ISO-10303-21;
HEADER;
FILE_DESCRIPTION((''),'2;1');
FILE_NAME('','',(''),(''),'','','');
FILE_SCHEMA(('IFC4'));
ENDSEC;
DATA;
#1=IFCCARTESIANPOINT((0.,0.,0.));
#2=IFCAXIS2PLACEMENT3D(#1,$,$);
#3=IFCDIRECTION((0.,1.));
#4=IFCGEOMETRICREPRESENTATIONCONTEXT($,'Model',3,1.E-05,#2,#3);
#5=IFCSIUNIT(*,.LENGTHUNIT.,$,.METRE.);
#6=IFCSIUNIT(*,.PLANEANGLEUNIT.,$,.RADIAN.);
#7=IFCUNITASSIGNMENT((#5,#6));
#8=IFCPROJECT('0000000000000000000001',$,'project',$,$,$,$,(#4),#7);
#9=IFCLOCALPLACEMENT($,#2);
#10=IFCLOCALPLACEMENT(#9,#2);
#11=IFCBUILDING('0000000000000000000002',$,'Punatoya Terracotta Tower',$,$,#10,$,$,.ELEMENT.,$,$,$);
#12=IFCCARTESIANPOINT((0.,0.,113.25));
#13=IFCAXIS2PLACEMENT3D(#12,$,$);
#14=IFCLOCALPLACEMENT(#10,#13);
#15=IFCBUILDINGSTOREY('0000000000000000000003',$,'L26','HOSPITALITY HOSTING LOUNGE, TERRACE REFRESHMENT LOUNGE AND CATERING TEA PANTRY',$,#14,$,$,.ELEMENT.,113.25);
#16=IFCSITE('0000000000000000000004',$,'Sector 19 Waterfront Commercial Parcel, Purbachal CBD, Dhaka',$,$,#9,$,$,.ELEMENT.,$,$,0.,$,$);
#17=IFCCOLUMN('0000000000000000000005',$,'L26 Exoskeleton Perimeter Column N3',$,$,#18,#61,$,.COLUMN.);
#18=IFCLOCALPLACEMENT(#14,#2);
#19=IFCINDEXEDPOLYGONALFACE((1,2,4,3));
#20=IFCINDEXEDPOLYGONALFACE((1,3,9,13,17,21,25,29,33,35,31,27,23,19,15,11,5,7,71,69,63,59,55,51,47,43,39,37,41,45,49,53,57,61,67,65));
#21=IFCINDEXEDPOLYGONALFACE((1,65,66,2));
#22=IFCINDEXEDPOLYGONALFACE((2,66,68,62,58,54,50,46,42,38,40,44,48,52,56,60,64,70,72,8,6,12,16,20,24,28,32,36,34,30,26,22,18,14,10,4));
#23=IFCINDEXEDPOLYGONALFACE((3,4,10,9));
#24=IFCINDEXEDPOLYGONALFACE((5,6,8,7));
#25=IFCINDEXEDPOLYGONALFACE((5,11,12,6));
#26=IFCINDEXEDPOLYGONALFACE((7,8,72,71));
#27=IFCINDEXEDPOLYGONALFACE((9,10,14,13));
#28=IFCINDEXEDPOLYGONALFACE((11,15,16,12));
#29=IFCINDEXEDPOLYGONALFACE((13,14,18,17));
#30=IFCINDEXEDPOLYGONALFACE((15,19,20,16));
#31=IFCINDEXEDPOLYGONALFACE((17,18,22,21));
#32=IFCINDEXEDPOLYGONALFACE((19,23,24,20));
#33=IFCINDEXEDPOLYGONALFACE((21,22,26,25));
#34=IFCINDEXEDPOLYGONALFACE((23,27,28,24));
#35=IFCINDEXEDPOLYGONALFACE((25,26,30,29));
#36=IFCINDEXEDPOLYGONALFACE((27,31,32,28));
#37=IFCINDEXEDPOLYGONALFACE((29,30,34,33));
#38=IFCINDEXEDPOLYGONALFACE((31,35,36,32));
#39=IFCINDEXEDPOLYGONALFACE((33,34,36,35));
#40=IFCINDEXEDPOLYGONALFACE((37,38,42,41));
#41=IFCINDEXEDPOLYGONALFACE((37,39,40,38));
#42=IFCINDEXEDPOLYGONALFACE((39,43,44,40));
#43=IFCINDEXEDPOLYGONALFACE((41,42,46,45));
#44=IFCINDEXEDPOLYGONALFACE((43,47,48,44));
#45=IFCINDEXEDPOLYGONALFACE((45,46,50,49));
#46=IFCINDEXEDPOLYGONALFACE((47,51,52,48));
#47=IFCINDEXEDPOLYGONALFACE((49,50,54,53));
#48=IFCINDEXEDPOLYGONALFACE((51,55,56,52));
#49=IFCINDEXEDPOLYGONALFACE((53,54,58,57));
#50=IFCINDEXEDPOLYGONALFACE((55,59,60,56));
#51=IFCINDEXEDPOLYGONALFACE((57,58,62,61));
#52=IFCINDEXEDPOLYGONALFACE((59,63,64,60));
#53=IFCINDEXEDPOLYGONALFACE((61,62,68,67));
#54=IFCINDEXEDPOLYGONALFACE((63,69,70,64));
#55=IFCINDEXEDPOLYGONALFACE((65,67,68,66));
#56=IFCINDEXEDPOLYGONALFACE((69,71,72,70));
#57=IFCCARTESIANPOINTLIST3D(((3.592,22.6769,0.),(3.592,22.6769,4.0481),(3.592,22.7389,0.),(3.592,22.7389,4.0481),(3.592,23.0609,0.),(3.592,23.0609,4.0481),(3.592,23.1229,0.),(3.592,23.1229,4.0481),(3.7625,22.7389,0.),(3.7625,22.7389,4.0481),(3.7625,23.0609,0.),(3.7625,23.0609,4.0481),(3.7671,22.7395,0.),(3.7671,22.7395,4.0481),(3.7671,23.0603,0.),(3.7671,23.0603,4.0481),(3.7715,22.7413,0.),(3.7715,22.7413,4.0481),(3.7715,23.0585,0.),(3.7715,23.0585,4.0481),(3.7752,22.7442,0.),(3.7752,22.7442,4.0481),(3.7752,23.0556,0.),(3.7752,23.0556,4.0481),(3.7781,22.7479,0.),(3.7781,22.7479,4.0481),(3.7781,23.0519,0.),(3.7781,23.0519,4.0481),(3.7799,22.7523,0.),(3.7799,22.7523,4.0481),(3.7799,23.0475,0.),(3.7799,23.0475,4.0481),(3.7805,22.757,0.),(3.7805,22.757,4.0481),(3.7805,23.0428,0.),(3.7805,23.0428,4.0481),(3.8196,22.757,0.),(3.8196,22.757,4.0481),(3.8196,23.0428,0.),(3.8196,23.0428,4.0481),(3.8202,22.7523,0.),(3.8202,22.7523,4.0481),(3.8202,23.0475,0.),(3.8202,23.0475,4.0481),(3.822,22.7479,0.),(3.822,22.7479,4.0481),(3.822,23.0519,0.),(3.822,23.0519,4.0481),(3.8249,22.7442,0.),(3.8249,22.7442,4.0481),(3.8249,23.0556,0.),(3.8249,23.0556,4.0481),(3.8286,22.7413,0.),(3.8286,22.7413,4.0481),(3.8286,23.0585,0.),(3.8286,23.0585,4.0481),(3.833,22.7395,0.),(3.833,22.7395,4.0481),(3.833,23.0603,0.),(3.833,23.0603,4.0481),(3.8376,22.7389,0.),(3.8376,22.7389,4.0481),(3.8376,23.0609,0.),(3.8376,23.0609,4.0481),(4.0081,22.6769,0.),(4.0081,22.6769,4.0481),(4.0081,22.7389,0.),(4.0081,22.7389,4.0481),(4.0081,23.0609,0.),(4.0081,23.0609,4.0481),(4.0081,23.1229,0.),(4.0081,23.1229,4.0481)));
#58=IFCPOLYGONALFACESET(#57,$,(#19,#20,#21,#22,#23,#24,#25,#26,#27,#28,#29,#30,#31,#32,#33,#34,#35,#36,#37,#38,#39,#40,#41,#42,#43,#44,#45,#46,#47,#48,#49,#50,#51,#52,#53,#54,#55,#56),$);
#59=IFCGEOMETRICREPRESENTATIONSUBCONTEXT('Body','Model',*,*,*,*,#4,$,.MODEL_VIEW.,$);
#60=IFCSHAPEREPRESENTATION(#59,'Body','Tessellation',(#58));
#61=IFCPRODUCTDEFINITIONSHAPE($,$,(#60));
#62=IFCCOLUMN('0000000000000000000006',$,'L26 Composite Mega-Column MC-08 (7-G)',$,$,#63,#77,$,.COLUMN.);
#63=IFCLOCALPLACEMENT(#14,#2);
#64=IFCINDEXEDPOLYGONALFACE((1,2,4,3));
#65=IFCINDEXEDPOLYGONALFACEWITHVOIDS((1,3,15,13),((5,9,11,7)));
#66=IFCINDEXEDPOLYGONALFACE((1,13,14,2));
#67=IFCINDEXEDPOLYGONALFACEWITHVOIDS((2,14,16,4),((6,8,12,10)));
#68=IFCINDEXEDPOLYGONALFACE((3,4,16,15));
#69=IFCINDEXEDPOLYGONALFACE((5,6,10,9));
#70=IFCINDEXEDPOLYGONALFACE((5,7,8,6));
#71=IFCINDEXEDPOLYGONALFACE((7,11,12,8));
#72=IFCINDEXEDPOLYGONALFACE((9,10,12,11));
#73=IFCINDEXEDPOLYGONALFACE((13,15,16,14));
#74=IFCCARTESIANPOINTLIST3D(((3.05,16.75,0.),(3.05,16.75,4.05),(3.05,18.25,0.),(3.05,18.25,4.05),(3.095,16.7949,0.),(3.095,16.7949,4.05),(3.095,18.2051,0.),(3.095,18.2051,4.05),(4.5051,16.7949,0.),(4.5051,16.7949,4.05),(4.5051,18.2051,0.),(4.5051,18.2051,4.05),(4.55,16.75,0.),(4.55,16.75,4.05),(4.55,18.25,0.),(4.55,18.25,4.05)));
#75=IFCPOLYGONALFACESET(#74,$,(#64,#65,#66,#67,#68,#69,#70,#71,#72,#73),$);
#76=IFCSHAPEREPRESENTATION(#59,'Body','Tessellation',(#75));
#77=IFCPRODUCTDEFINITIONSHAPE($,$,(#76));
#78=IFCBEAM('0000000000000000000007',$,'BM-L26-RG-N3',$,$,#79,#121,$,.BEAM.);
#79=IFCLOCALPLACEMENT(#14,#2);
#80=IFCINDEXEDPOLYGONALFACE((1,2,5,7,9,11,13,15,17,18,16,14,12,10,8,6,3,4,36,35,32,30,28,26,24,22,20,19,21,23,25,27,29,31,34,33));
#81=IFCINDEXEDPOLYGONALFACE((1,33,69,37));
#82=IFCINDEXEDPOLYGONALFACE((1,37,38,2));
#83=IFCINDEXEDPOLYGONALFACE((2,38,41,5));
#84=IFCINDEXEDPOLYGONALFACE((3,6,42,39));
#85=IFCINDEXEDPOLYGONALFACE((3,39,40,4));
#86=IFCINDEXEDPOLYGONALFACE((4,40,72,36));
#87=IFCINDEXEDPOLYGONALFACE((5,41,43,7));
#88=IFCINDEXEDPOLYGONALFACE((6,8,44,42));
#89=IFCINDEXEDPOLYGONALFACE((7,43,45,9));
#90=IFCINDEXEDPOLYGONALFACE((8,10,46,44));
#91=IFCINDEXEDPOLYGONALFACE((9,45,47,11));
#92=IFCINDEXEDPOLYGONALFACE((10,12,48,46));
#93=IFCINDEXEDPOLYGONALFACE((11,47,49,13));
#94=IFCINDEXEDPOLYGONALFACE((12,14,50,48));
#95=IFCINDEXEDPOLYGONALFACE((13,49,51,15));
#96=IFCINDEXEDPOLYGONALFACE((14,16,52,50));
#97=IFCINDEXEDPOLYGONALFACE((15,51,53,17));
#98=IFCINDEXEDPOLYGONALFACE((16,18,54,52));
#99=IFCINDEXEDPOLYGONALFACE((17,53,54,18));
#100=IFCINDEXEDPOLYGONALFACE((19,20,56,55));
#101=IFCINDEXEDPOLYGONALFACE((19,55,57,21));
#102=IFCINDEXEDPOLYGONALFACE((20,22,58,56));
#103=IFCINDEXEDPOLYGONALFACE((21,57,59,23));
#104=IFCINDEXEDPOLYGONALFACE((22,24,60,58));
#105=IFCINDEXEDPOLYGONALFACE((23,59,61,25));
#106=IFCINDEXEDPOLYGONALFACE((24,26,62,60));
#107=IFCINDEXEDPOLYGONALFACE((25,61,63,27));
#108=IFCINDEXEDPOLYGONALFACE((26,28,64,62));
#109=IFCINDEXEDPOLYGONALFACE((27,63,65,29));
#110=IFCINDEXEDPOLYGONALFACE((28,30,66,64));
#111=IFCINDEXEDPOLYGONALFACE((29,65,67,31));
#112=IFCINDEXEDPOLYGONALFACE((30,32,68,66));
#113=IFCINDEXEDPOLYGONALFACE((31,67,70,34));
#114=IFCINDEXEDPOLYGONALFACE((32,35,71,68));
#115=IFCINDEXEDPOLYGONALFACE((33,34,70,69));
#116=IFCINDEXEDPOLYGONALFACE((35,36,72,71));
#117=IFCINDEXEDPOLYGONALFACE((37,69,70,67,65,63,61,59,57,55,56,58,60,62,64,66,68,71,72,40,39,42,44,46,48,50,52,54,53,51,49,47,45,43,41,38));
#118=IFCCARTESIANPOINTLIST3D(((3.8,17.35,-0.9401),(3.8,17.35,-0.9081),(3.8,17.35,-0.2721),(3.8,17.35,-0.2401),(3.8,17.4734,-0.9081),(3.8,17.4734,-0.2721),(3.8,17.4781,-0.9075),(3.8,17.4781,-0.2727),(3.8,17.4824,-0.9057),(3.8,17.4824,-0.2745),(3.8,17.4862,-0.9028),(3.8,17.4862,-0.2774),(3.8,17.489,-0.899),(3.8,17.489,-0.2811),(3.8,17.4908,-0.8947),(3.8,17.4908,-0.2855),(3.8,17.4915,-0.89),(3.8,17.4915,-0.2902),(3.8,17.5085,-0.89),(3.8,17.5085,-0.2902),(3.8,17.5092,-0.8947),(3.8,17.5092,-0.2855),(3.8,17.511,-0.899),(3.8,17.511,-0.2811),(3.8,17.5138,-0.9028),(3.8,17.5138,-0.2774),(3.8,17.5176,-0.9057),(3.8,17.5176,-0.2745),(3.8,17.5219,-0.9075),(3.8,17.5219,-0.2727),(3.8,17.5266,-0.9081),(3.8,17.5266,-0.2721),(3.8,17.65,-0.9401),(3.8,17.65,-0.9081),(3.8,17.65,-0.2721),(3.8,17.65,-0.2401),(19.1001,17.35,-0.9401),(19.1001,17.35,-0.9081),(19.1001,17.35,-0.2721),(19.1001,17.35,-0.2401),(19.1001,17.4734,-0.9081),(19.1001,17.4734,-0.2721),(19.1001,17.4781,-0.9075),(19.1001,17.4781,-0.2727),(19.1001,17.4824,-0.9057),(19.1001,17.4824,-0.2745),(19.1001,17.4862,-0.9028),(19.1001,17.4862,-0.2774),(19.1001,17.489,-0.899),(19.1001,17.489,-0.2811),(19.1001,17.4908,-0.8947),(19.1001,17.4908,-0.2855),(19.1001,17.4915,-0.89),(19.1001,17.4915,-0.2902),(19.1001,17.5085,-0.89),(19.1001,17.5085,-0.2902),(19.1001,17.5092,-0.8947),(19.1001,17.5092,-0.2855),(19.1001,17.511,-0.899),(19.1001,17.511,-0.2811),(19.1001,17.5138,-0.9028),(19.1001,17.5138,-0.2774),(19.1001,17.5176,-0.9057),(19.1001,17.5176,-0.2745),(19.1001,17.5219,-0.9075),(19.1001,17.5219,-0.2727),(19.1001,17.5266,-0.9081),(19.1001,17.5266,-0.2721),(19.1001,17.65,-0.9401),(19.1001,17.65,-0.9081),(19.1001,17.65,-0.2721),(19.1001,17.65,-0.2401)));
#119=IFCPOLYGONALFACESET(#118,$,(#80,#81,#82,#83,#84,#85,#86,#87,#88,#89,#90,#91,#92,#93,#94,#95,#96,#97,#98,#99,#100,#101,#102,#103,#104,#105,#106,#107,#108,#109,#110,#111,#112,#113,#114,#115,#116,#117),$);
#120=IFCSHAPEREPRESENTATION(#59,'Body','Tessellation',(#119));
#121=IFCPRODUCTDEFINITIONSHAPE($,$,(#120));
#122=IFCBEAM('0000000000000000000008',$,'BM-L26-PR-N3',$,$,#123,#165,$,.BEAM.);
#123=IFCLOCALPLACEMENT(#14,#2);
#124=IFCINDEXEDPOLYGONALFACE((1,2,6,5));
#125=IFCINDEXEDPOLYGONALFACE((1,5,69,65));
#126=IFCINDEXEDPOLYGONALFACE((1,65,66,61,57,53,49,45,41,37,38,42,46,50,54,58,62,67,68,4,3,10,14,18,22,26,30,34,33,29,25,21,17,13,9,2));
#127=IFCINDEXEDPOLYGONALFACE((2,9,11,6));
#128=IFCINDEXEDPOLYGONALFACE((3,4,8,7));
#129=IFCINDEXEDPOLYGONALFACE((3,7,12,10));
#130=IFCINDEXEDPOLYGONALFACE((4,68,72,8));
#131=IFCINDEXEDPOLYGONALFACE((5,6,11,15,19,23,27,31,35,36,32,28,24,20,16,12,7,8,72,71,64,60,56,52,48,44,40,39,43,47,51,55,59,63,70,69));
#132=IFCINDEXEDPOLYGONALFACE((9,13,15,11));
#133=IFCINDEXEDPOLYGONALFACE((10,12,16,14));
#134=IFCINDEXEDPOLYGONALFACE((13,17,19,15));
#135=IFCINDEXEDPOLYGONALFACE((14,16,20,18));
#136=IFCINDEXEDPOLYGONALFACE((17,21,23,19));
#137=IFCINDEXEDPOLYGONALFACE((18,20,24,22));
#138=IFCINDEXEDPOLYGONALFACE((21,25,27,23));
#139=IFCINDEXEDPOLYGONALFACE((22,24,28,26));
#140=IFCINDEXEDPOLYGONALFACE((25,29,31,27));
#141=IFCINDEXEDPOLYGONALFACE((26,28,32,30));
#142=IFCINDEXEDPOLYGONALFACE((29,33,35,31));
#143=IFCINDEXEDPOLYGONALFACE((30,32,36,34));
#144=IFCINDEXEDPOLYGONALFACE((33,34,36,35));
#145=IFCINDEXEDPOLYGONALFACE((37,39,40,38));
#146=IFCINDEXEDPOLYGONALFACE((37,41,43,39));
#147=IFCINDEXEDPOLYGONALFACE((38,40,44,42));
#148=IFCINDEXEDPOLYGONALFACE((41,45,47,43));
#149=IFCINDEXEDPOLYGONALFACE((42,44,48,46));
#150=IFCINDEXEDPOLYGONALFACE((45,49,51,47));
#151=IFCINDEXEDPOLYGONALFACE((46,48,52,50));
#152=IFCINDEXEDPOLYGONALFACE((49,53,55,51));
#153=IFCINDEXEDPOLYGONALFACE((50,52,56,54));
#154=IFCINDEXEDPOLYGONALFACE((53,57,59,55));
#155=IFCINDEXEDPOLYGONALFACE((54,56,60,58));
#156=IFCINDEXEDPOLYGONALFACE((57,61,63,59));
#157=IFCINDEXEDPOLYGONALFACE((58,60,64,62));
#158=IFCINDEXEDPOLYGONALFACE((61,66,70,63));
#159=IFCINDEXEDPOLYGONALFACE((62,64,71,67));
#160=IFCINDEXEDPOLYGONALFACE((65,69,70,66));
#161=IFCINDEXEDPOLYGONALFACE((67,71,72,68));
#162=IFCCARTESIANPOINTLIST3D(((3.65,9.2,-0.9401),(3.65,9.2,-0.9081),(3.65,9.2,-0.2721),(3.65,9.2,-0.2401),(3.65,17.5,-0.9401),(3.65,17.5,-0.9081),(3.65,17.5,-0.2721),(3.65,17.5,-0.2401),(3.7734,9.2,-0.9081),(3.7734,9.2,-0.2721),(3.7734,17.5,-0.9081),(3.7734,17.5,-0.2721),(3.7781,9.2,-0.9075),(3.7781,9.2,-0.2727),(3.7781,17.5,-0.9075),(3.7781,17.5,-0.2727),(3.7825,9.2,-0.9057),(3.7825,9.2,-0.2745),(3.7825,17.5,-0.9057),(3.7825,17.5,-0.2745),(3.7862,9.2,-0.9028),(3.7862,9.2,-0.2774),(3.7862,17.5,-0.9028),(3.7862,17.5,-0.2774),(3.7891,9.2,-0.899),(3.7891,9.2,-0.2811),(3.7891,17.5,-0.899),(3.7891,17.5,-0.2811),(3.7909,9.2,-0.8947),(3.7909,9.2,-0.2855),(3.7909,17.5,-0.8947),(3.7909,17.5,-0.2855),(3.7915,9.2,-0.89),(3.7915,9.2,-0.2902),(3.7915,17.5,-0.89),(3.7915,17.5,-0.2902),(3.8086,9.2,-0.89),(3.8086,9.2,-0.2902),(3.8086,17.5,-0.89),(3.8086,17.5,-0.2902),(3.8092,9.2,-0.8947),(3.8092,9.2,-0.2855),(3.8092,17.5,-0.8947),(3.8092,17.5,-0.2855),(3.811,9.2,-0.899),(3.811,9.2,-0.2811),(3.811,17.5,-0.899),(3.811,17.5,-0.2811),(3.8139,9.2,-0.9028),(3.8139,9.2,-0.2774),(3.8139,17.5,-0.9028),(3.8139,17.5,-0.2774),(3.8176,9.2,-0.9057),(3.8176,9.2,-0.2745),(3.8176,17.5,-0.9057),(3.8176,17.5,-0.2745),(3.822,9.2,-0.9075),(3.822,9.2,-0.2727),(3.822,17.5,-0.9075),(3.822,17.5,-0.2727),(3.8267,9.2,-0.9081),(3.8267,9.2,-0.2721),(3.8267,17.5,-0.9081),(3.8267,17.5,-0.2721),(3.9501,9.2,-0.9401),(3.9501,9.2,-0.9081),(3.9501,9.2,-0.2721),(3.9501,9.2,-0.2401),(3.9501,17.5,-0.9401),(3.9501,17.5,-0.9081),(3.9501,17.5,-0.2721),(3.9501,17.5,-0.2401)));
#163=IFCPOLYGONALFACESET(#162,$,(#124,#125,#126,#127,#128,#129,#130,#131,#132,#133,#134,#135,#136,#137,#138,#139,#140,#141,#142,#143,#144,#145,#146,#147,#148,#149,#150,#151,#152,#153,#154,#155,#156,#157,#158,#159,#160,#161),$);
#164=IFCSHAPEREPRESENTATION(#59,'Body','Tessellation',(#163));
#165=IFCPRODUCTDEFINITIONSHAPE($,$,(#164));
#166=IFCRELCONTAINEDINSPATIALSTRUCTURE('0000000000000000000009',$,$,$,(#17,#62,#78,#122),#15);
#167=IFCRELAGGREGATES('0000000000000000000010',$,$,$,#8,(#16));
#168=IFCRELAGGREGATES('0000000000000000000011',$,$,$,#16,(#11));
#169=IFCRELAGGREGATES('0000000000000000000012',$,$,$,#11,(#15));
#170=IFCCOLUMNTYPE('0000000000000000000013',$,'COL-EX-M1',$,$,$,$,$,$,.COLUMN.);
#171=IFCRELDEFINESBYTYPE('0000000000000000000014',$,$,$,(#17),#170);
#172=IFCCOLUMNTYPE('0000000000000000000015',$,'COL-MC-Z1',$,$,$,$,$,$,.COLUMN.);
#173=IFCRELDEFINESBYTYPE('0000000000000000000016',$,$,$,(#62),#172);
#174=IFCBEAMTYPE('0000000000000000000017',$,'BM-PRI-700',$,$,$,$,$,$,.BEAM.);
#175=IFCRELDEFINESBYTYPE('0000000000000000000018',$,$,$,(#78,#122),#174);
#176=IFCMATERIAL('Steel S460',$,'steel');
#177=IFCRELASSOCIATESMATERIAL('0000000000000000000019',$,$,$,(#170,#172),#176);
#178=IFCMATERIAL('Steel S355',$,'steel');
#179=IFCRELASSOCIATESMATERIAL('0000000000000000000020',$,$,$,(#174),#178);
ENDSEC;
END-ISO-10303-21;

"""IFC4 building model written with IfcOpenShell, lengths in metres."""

from ifc_helpers import new_model, si_unit, direction, frame, origin, origin_2d, place, context, subcontext, project, spatial, hollow_rectangle, i_section, extrude, material, material_profile, profile_set, type_object, element, save


model = new_model("IFC4")

# Units and contexts
model_context = context("Model", 3, precision=1e-05, world=origin(), true_north=direction((0.0, 1.0)))
body_context = subcontext(model_context, "Body", "Model", "MODEL_VIEW")
ifc_project = project(units=[si_unit("LENGTHUNIT", "METRE"), si_unit("PLANEANGLEUNIT", "RADIAN")], contexts=[model_context])

# Site, building, storey
site_placement = place(None, origin())
site = spatial("IfcSite", under=ifc_project, at=site_placement, Name="Sector 19 Waterfront Commercial Parcel, Purbachal CBD, Dhaka", CompositionType="ELEMENT", RefElevation=0.0)
building_placement = place(site_placement, origin())
building = spatial("IfcBuilding", under=site, at=building_placement, Name="Punatoya Terracotta Tower", CompositionType="ELEMENT")
storey_placement = place(building_placement, frame((0.0, 0.0, 113.25)))
storey = spatial("IfcBuildingStorey", under=building, at=storey_placement, Name="L26", Description="HOSPITALITY HOSTING LOUNGE, TERRACE REFRESHMENT LOUNGE AND CATERING TEA PANTRY", CompositionType="ELEMENT", Elevation=113.25)

# Columns
ifc_material_1 = material(Name="Steel S460", Category="steel")
ifc_material_profile_1 = material_profile(ifc_material_1, i_section(OverallWidth=0.416, OverallDepth=0.446, WebThickness=0.0391, FlangeThickness=0.062, FilletRadius=0.0181, at=origin_2d()))
ifc_profile_set_1 = profile_set([ifc_material_profile_1], Name="Steel S460")
column_type_1 = type_object("IfcColumnType", Name="COL-EX-M1", PredefinedType="COLUMN", material=ifc_profile_set_1)
column_1_placement = place(storey_placement, frame((3.8, 22.8999, 0.0), z_axis=(0.0, 0.0, 1.0), x_axis=(1.0, 0.0, 0.0)))
element("IfcColumn", 1, at=column_1_placement, inside=storey, type_object=column_type_1, Name="L26 Exoskeleton Perimeter Column N3", PredefinedType="COLUMN", context=body_context, shape_type="SweptSolid", body=[
    extrude(i_section(OverallWidth=0.416, OverallDepth=0.446, WebThickness=0.0391, FlangeThickness=0.062, FilletRadius=0.0181, at=origin_2d()), origin(), (0.0, 0.0, 1.0), 4.0481),
])
ifc_material_profile_2 = material_profile(ifc_material_1, hollow_rectangle(XDim=1.5, YDim=1.5, WallThickness=0.0449, at=origin_2d()))
ifc_profile_set_2 = profile_set([ifc_material_profile_2], Name="Steel S460")
column_type_2 = type_object("IfcColumnType", Name="COL-MC-Z1", PredefinedType="COLUMN", material=ifc_profile_set_2)
column_2_placement = place(storey_placement, frame((3.8, 17.5, 0.0), z_axis=(0.0, 0.0, 1.0), x_axis=(1.0, 0.0, 0.0)))
element("IfcColumn", 2, at=column_2_placement, inside=storey, type_object=column_type_2, Name="L26 Composite Mega-Column MC-08 (7-G)", PredefinedType="COLUMN", context=body_context, shape_type="SweptSolid", body=[
    extrude(hollow_rectangle(XDim=1.5, YDim=1.5, WallThickness=0.0449, at=origin_2d()), origin(), (0.0, 0.0, 1.0), 4.05),
])

# Beams
ifc_material_2 = material(Name="Steel S355", Category="steel")
ifc_material_profile_3 = material_profile(ifc_material_2, i_section(OverallWidth=0.3, OverallDepth=0.7, WebThickness=0.0171, FlangeThickness=0.032, FilletRadius=0.0181, at=origin_2d()))
ifc_profile_set_3 = profile_set([ifc_material_profile_3], Name="Steel S355")
beam_type_1 = type_object("IfcBeamType", Name="BM-PRI-700", PredefinedType="BEAM", material=ifc_profile_set_3)
beam_1_placement = place(storey_placement, frame((3.8, 17.5, -0.5901), z_axis=(1.0, 0.0, 0.0), x_axis=(0.0, 1.0, 0.0)))
element("IfcBeam", 3, at=beam_1_placement, inside=storey, type_object=beam_type_1, Name="BM-L26-RG-N3", PredefinedType="BEAM", context=body_context, shape_type="SweptSolid", body=[
    extrude(i_section(OverallWidth=0.3, OverallDepth=0.7, WebThickness=0.0171, FlangeThickness=0.032, FilletRadius=0.0181, at=origin_2d()), origin(), (0.0, 0.0, 1.0), 15.3),
])
beam_2_placement = place(storey_placement, frame((3.8, 9.2, -0.5901), z_axis=(0.0, 1.0, 0.0), x_axis=(-1.0, 0.0, 0.0)))
element("IfcBeam", 4, at=beam_2_placement, inside=storey, type_object=beam_type_1, Name="BM-L26-PR-N3", PredefinedType="BEAM", context=body_context, shape_type="SweptSolid", body=[
    extrude(i_section(OverallWidth=0.3, OverallDepth=0.7, WebThickness=0.0171, FlangeThickness=0.032, FilletRadius=0.0181, at=origin_2d()), origin(), (0.0, 0.0, 1.0), 8.3),
])

save(model, "model.ifc")
